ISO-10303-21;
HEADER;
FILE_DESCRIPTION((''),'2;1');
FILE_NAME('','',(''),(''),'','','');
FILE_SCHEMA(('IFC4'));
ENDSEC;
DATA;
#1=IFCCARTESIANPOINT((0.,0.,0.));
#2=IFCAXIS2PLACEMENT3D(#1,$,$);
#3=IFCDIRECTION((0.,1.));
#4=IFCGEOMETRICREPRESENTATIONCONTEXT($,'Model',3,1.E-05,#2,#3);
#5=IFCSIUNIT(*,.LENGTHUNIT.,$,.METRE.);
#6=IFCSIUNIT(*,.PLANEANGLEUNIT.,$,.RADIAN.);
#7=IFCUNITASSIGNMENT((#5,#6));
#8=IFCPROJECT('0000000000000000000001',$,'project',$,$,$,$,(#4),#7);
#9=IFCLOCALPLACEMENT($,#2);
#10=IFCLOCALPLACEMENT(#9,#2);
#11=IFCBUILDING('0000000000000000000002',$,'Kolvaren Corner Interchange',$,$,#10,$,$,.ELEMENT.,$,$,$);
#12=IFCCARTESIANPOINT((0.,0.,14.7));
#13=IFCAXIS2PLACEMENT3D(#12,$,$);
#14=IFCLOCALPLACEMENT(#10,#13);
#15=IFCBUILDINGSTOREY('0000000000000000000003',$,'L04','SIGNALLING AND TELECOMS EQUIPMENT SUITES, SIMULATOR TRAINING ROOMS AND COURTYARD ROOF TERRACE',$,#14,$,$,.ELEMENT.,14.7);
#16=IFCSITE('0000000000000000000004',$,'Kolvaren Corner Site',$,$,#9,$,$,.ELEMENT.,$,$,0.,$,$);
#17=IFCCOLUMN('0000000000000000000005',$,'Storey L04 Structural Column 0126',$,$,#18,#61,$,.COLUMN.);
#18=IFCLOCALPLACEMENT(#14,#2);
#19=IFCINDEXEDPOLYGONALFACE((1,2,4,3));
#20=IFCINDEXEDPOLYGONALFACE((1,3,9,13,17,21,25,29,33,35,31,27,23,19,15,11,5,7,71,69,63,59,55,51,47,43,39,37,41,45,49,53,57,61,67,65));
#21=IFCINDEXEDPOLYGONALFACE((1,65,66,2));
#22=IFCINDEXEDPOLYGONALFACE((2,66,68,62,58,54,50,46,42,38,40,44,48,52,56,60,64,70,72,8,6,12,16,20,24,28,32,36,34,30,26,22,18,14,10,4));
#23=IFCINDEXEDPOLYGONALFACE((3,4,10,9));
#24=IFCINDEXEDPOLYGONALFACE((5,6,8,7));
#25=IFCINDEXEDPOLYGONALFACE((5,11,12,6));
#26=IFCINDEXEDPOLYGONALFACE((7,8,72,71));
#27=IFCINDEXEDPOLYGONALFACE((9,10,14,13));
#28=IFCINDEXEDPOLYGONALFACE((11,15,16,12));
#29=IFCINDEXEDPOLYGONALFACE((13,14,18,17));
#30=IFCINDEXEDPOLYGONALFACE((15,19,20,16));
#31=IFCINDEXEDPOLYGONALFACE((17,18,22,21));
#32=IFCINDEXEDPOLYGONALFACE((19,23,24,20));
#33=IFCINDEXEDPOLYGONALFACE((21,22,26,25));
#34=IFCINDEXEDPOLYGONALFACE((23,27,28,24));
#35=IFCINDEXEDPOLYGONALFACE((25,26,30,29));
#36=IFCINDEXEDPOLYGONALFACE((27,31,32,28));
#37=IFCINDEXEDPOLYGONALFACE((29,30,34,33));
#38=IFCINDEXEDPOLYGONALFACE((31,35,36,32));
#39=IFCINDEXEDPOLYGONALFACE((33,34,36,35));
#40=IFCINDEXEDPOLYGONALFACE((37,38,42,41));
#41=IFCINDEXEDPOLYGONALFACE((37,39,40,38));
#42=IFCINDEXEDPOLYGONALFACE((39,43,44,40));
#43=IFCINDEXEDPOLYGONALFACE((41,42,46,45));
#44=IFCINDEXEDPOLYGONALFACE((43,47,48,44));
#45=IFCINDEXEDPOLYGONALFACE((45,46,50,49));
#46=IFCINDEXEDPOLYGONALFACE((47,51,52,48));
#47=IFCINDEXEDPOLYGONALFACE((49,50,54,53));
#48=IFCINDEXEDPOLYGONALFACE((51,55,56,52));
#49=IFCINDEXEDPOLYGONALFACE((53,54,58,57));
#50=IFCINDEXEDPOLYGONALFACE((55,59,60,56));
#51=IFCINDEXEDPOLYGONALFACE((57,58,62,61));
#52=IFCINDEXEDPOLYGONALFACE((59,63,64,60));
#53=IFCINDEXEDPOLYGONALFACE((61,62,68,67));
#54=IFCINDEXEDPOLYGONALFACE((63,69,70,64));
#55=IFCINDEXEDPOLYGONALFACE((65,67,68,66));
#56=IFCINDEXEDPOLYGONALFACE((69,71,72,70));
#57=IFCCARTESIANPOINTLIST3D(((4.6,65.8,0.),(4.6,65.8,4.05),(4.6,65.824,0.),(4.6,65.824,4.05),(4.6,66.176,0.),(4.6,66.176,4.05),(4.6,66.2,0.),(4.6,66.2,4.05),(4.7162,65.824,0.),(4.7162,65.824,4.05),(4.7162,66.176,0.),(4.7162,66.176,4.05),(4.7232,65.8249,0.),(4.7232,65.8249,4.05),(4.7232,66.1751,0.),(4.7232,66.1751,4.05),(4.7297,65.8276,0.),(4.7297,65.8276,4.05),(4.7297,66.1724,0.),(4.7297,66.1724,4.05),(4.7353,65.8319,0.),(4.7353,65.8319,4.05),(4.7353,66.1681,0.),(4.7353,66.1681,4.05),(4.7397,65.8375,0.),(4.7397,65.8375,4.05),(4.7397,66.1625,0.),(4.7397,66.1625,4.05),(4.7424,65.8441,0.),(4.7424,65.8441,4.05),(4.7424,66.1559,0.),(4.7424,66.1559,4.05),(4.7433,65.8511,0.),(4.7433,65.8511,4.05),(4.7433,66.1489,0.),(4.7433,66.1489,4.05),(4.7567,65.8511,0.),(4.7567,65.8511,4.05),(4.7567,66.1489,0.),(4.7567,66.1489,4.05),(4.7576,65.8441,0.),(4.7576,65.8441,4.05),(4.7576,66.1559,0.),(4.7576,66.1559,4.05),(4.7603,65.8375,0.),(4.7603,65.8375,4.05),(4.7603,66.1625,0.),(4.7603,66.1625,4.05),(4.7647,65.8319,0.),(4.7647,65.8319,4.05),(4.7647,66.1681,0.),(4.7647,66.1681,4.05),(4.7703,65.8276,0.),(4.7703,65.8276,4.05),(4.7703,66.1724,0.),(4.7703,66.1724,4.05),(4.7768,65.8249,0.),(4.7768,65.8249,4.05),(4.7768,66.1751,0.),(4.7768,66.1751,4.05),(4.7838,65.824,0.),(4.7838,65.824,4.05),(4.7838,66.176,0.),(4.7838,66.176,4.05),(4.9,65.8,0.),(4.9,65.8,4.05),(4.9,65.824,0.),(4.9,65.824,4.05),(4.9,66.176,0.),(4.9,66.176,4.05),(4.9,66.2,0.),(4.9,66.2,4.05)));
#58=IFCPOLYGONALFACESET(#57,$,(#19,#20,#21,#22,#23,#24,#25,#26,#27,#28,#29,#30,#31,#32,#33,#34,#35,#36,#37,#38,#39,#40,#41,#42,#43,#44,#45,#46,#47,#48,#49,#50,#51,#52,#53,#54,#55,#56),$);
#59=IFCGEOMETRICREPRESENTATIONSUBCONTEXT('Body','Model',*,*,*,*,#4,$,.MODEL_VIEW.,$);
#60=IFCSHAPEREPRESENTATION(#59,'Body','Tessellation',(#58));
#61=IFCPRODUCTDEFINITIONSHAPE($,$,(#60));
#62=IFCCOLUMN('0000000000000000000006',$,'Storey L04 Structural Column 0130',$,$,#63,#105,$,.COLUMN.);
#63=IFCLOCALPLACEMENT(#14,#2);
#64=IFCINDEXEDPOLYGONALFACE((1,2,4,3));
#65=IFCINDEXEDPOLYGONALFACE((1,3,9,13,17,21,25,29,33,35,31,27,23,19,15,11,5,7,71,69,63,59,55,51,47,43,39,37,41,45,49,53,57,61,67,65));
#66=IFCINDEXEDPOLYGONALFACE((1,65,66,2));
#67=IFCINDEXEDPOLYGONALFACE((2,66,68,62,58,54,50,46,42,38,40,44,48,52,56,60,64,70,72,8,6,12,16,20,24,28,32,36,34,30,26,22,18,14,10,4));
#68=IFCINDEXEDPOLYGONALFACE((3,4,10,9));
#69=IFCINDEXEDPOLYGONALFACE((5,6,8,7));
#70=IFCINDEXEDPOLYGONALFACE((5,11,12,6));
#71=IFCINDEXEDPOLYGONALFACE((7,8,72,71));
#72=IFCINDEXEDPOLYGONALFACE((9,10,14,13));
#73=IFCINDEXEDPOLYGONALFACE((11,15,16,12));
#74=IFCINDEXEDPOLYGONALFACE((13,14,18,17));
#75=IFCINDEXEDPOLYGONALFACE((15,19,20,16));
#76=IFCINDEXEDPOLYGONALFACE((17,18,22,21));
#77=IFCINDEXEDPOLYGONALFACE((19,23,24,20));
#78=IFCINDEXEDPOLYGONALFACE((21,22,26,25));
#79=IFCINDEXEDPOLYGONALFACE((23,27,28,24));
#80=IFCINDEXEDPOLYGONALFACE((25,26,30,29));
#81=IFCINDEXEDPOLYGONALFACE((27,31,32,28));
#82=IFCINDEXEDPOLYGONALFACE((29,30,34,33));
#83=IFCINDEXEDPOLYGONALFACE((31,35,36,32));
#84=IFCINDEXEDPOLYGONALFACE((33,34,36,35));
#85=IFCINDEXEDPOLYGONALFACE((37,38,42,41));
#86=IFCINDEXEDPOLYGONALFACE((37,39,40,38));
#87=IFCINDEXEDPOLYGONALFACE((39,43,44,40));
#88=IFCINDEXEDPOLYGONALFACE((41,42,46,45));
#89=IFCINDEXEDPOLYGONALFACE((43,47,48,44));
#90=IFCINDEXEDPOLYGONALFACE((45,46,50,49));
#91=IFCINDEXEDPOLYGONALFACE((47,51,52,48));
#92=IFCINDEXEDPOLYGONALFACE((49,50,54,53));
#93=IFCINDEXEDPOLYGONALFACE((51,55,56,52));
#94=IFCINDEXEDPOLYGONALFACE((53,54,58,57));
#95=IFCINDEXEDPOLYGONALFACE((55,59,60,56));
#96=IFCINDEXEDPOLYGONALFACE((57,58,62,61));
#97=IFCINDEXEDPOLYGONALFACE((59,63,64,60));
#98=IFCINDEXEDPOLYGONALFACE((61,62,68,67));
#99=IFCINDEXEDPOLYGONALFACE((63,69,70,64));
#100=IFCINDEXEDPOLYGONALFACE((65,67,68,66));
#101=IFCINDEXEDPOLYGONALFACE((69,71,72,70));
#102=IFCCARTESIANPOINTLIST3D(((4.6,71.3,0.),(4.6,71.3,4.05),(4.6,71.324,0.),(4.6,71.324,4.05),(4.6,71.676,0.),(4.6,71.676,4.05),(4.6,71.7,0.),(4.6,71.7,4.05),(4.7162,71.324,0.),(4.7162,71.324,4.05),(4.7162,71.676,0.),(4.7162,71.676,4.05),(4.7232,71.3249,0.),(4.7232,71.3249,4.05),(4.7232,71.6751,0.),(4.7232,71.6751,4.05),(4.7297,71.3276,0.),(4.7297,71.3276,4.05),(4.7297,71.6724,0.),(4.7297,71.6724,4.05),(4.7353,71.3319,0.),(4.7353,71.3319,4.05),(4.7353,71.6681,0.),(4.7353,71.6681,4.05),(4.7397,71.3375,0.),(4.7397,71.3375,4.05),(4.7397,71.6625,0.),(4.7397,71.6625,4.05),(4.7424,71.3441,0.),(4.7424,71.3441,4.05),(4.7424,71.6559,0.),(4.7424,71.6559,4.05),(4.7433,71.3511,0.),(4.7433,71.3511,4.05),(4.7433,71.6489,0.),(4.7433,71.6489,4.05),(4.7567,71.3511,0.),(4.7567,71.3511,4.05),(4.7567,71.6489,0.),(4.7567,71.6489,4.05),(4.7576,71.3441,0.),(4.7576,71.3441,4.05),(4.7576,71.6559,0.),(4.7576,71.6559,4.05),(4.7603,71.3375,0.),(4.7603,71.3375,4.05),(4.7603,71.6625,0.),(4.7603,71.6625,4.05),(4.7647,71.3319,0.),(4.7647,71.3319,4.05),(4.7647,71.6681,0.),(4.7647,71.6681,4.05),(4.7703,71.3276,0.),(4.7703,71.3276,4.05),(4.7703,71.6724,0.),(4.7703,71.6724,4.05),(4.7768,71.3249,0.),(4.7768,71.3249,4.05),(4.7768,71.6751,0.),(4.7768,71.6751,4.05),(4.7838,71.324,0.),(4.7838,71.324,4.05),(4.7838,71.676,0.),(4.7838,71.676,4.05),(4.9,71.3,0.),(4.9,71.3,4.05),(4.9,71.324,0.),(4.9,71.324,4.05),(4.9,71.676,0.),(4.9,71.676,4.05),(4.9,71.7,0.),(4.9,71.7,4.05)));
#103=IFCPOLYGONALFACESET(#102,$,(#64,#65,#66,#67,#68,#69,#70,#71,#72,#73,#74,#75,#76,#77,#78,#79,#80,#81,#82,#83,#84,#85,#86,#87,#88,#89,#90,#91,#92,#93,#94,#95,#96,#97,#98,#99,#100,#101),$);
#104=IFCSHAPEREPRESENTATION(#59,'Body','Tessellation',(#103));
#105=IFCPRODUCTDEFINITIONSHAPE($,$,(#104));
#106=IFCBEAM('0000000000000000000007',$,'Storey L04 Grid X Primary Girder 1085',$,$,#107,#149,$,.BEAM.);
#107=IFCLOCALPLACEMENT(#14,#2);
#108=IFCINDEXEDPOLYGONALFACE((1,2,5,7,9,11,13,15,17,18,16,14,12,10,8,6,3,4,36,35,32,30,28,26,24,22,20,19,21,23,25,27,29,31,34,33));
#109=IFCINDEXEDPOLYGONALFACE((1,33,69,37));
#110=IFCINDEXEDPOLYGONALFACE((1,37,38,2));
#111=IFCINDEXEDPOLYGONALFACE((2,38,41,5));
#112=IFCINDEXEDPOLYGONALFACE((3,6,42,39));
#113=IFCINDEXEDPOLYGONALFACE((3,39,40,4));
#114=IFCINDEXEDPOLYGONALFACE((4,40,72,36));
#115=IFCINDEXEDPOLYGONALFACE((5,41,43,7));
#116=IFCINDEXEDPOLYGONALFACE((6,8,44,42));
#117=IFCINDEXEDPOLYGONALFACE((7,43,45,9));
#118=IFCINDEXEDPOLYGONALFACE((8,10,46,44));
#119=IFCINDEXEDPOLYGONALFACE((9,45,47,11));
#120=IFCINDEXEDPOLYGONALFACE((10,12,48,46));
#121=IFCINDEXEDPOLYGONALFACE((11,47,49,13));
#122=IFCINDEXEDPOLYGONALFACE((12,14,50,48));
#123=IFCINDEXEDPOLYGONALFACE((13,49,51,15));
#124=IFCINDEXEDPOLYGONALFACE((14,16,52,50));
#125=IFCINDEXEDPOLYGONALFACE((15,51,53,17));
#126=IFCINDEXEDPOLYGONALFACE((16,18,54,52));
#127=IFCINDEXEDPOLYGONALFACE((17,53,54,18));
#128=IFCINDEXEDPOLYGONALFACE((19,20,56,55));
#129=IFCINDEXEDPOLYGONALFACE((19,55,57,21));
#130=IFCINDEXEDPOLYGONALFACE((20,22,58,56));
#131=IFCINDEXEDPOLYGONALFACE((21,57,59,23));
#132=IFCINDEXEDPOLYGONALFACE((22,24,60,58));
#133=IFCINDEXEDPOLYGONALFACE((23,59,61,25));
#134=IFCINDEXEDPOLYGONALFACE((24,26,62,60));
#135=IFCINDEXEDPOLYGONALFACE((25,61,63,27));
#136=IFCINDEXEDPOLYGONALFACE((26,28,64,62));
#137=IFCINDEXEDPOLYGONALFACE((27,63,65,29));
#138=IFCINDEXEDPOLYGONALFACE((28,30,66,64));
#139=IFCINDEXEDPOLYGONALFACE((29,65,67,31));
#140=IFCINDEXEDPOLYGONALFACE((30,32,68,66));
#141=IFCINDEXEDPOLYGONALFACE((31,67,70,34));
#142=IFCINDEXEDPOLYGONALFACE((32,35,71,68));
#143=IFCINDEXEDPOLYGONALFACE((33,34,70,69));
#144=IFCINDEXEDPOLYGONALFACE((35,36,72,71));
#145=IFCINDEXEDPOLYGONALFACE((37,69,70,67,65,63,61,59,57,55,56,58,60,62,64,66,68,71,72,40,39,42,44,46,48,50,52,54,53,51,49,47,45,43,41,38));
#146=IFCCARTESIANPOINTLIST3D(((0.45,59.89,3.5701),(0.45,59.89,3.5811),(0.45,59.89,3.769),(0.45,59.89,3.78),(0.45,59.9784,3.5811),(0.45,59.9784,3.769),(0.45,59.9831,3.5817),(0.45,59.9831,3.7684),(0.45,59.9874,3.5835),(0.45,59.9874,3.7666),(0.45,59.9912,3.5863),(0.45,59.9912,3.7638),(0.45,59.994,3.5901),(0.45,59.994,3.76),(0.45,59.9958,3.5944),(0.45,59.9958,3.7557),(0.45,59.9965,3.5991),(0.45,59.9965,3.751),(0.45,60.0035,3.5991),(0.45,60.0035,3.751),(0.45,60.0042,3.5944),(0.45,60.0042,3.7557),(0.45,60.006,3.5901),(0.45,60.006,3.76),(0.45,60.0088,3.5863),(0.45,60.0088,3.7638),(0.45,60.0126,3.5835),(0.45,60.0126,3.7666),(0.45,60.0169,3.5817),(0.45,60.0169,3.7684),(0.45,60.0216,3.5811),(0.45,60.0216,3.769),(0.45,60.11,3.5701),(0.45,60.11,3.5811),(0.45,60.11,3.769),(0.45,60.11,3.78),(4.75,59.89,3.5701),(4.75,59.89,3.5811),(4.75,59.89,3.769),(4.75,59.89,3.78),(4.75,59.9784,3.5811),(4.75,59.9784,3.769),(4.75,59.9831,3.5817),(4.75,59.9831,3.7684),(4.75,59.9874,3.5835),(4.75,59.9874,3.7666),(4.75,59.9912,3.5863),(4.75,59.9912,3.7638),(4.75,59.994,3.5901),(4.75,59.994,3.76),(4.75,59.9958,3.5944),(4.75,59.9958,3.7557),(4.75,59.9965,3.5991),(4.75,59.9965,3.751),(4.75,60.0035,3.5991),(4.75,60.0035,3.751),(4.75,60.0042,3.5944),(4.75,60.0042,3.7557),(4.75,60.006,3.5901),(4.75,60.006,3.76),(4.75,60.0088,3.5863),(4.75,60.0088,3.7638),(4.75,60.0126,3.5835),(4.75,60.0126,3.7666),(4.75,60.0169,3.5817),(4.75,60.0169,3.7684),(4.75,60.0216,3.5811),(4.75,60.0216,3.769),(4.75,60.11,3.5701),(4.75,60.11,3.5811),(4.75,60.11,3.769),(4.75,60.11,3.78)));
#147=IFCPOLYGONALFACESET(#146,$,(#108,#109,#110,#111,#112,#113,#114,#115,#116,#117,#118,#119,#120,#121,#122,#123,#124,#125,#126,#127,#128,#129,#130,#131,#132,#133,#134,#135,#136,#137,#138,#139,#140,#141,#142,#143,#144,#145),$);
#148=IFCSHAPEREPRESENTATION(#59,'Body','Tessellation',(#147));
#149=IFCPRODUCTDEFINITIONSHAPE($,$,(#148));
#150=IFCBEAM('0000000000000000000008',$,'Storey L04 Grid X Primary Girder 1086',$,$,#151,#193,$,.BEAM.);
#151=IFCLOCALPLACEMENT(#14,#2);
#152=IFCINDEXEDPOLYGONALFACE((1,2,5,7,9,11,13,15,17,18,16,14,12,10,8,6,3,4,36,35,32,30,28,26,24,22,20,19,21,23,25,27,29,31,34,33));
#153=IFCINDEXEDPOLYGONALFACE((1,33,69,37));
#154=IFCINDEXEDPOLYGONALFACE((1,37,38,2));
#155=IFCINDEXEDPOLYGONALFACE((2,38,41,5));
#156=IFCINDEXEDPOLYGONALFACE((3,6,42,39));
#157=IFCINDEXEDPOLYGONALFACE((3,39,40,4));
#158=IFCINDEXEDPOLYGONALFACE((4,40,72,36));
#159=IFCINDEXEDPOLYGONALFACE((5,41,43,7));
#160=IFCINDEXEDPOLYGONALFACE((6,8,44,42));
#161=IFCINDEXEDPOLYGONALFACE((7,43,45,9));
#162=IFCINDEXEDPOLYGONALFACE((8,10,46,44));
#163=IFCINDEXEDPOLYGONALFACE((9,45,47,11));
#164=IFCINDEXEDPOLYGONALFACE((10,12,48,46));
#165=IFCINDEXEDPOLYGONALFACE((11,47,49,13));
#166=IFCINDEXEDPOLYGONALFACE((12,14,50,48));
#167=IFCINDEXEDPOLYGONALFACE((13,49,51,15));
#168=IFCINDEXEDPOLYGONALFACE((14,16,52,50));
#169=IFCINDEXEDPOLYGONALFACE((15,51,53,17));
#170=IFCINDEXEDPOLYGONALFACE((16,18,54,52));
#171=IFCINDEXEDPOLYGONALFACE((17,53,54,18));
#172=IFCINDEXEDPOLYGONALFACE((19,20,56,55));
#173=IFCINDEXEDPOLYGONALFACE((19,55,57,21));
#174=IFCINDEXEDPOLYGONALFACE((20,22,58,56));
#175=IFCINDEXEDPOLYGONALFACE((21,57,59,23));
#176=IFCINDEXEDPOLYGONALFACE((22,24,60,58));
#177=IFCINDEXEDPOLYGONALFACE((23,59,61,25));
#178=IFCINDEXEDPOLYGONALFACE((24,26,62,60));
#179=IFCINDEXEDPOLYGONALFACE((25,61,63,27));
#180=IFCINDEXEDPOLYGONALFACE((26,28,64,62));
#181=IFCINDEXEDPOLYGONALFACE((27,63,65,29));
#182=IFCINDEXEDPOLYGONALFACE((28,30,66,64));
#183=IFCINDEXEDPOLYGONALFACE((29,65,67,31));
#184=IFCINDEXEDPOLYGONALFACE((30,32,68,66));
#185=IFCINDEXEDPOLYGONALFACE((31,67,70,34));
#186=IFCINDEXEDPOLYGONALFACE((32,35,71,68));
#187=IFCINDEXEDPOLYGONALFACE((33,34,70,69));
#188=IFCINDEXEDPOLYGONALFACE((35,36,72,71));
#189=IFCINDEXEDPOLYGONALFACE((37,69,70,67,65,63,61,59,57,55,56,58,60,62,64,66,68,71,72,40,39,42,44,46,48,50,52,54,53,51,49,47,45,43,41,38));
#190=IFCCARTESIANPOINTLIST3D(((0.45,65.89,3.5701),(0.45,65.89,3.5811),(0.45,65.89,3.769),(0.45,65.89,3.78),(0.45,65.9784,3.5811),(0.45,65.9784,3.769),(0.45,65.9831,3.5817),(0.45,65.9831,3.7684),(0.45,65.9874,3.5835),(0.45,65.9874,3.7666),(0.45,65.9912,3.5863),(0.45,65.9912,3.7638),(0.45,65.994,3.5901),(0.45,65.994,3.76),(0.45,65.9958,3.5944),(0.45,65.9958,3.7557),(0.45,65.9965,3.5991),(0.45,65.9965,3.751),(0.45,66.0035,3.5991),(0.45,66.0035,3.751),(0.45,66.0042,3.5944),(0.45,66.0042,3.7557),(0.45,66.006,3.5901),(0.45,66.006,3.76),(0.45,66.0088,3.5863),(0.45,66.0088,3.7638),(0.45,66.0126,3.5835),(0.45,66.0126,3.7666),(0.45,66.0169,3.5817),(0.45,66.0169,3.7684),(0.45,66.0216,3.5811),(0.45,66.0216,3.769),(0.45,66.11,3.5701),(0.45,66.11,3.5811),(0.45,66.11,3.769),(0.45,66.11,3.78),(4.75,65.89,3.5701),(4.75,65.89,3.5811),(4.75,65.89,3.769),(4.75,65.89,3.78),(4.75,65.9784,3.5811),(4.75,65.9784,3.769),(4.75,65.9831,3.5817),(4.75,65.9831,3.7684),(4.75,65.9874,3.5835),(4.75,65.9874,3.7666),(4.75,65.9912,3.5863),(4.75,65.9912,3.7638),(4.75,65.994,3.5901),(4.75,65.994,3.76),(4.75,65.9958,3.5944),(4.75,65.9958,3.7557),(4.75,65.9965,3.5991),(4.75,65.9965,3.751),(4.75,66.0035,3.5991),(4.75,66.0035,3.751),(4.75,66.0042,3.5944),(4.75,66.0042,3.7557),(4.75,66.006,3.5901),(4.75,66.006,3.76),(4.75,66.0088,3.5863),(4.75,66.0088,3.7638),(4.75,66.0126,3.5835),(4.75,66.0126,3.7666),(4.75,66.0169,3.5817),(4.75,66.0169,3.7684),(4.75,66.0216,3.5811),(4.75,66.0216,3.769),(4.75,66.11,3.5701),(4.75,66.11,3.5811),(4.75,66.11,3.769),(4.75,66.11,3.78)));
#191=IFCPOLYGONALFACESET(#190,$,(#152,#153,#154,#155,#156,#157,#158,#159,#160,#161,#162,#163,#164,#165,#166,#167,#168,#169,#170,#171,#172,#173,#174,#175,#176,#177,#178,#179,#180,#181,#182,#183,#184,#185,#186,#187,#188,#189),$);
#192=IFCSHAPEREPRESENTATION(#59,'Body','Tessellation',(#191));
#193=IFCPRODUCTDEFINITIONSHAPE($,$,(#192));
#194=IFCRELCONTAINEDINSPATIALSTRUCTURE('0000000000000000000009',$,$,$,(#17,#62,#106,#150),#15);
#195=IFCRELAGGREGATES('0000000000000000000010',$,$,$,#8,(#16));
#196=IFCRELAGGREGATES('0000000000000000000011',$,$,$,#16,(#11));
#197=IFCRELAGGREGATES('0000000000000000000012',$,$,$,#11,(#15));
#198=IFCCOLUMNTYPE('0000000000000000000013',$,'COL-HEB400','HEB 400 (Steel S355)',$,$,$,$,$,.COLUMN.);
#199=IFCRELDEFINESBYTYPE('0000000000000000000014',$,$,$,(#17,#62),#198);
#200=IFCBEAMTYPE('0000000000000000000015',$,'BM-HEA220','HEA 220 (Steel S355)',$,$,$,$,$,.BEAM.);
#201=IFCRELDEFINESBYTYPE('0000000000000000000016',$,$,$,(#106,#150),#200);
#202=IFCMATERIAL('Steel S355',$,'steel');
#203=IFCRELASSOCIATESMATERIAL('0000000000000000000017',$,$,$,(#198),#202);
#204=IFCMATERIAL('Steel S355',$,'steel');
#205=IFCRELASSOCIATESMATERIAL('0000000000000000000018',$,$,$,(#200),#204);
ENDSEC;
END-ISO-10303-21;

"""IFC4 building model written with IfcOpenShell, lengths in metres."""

from ifc_helpers import new_model, si_unit, direction, frame, origin, origin_2d, place, context, subcontext, project, spatial, i_section, extrude, material, material_profile, profile_set, type_object, element, save


model = new_model("IFC4")

# Units and contexts
model_context = context("Model", 3, precision=1e-05, world=origin(), true_north=direction((0.0, 1.0)))
body_context = subcontext(model_context, "Body", "Model", "MODEL_VIEW")
ifc_project = project(units=[si_unit("LENGTHUNIT", "METRE"), si_unit("PLANEANGLEUNIT", "RADIAN")], contexts=[model_context])

# Site, building, storey
site_placement = place(None, origin())
site = spatial("IfcSite", under=ifc_project, at=site_placement, Name="Kolvaren Corner Site", CompositionType="ELEMENT", RefElevation=0.0)
building_placement = place(site_placement, origin())
building = spatial("IfcBuilding", under=site, at=building_placement, Name="Kolvaren Corner Interchange", CompositionType="ELEMENT")
storey_placement = place(building_placement, frame((0.0, 0.0, 14.7)))
storey = spatial("IfcBuildingStorey", under=building, at=storey_placement, Name="L04", Description="SIGNALLING AND TELECOMS EQUIPMENT SUITES, SIMULATOR TRAINING ROOMS AND COURTYARD ROOF TERRACE", CompositionType="ELEMENT", Elevation=14.7)

# Columns
ifc_material_1 = material(Name="Steel S355", Category="steel")
ifc_material_profile_1 = material_profile(ifc_material_1, i_section(OverallWidth=0.3, OverallDepth=0.3999, WebThickness=0.0134, FlangeThickness=0.0239, FilletRadius=0.0271, at=origin_2d()), Name="HEB 400")
ifc_profile_set_1 = profile_set([ifc_material_profile_1], Name="Steel S355")
column_type_1 = type_object("IfcColumnType", Name="COL-HEB400", Description="HEB 400 (Steel S355)", PredefinedType="COLUMN", material=ifc_profile_set_1)
for number, where, z_axis, x_axis, name in (
    (1, (4.75, 66.0, 0.0), (0.0, 0.0, 1.0), (1.0, 0.0, 0.0), "Storey L04 Structural Column 0126"),
    (2, (4.75, 71.5, 0.0), (0.0, 0.0, 1.0), (1.0, 0.0, 0.0), "Storey L04 Structural Column 0130"),
):
    element("IfcColumn", number, at=place(storey_placement, frame(where, z_axis=z_axis, x_axis=x_axis)), inside=storey, type_object=column_type_1, Name=name, PredefinedType="COLUMN", context=body_context, shape_type="SweptSolid", body=[
        extrude(i_section(OverallWidth=0.3, OverallDepth=0.3999, WebThickness=0.0134, FlangeThickness=0.0239, FilletRadius=0.0271, at=origin_2d()), origin(), (0.0, 0.0, 1.0), 4.05),
    ])

# Beams
ifc_material_2 = material(Name="Steel S355", Category="steel")
ifc_material_profile_2 = material_profile(ifc_material_2, i_section(OverallWidth=0.22, OverallDepth=0.21, WebThickness=0.0071, FlangeThickness=0.011, FilletRadius=0.0181, at=origin_2d()), Name="HEA 220")
ifc_profile_set_2 = profile_set([ifc_material_profile_2], Name="Steel S355")
beam_type_1 = type_object("IfcBeamType", Name="BM-HEA220", Description="HEA 220 (Steel S355)", PredefinedType="BEAM", material=ifc_profile_set_2)
for number, where, z_axis, x_axis, name in (
    (3, (0.45, 60.0, 3.675), (1.0, 0.0, 0.0), (0.0, 1.0, 0.0), "Storey L04 Grid X Primary Girder 1085"),
    (4, (0.45, 66.0, 3.675), (1.0, 0.0, 0.0), (0.0, 1.0, 0.0), "Storey L04 Grid X Primary Girder 1086"),
):
    element("IfcBeam", number, at=place(storey_placement, frame(where, z_axis=z_axis, x_axis=x_axis)), inside=storey, type_object=beam_type_1, Name=name, PredefinedType="BEAM", context=body_context, shape_type="SweptSolid", body=[
        extrude(i_section(OverallWidth=0.22, OverallDepth=0.21, WebThickness=0.0071, FlangeThickness=0.011, FilletRadius=0.0181, at=origin_2d()), origin(), (0.0, 0.0, 1.0), 4.3),
    ])

save(model, "model.ifc")
